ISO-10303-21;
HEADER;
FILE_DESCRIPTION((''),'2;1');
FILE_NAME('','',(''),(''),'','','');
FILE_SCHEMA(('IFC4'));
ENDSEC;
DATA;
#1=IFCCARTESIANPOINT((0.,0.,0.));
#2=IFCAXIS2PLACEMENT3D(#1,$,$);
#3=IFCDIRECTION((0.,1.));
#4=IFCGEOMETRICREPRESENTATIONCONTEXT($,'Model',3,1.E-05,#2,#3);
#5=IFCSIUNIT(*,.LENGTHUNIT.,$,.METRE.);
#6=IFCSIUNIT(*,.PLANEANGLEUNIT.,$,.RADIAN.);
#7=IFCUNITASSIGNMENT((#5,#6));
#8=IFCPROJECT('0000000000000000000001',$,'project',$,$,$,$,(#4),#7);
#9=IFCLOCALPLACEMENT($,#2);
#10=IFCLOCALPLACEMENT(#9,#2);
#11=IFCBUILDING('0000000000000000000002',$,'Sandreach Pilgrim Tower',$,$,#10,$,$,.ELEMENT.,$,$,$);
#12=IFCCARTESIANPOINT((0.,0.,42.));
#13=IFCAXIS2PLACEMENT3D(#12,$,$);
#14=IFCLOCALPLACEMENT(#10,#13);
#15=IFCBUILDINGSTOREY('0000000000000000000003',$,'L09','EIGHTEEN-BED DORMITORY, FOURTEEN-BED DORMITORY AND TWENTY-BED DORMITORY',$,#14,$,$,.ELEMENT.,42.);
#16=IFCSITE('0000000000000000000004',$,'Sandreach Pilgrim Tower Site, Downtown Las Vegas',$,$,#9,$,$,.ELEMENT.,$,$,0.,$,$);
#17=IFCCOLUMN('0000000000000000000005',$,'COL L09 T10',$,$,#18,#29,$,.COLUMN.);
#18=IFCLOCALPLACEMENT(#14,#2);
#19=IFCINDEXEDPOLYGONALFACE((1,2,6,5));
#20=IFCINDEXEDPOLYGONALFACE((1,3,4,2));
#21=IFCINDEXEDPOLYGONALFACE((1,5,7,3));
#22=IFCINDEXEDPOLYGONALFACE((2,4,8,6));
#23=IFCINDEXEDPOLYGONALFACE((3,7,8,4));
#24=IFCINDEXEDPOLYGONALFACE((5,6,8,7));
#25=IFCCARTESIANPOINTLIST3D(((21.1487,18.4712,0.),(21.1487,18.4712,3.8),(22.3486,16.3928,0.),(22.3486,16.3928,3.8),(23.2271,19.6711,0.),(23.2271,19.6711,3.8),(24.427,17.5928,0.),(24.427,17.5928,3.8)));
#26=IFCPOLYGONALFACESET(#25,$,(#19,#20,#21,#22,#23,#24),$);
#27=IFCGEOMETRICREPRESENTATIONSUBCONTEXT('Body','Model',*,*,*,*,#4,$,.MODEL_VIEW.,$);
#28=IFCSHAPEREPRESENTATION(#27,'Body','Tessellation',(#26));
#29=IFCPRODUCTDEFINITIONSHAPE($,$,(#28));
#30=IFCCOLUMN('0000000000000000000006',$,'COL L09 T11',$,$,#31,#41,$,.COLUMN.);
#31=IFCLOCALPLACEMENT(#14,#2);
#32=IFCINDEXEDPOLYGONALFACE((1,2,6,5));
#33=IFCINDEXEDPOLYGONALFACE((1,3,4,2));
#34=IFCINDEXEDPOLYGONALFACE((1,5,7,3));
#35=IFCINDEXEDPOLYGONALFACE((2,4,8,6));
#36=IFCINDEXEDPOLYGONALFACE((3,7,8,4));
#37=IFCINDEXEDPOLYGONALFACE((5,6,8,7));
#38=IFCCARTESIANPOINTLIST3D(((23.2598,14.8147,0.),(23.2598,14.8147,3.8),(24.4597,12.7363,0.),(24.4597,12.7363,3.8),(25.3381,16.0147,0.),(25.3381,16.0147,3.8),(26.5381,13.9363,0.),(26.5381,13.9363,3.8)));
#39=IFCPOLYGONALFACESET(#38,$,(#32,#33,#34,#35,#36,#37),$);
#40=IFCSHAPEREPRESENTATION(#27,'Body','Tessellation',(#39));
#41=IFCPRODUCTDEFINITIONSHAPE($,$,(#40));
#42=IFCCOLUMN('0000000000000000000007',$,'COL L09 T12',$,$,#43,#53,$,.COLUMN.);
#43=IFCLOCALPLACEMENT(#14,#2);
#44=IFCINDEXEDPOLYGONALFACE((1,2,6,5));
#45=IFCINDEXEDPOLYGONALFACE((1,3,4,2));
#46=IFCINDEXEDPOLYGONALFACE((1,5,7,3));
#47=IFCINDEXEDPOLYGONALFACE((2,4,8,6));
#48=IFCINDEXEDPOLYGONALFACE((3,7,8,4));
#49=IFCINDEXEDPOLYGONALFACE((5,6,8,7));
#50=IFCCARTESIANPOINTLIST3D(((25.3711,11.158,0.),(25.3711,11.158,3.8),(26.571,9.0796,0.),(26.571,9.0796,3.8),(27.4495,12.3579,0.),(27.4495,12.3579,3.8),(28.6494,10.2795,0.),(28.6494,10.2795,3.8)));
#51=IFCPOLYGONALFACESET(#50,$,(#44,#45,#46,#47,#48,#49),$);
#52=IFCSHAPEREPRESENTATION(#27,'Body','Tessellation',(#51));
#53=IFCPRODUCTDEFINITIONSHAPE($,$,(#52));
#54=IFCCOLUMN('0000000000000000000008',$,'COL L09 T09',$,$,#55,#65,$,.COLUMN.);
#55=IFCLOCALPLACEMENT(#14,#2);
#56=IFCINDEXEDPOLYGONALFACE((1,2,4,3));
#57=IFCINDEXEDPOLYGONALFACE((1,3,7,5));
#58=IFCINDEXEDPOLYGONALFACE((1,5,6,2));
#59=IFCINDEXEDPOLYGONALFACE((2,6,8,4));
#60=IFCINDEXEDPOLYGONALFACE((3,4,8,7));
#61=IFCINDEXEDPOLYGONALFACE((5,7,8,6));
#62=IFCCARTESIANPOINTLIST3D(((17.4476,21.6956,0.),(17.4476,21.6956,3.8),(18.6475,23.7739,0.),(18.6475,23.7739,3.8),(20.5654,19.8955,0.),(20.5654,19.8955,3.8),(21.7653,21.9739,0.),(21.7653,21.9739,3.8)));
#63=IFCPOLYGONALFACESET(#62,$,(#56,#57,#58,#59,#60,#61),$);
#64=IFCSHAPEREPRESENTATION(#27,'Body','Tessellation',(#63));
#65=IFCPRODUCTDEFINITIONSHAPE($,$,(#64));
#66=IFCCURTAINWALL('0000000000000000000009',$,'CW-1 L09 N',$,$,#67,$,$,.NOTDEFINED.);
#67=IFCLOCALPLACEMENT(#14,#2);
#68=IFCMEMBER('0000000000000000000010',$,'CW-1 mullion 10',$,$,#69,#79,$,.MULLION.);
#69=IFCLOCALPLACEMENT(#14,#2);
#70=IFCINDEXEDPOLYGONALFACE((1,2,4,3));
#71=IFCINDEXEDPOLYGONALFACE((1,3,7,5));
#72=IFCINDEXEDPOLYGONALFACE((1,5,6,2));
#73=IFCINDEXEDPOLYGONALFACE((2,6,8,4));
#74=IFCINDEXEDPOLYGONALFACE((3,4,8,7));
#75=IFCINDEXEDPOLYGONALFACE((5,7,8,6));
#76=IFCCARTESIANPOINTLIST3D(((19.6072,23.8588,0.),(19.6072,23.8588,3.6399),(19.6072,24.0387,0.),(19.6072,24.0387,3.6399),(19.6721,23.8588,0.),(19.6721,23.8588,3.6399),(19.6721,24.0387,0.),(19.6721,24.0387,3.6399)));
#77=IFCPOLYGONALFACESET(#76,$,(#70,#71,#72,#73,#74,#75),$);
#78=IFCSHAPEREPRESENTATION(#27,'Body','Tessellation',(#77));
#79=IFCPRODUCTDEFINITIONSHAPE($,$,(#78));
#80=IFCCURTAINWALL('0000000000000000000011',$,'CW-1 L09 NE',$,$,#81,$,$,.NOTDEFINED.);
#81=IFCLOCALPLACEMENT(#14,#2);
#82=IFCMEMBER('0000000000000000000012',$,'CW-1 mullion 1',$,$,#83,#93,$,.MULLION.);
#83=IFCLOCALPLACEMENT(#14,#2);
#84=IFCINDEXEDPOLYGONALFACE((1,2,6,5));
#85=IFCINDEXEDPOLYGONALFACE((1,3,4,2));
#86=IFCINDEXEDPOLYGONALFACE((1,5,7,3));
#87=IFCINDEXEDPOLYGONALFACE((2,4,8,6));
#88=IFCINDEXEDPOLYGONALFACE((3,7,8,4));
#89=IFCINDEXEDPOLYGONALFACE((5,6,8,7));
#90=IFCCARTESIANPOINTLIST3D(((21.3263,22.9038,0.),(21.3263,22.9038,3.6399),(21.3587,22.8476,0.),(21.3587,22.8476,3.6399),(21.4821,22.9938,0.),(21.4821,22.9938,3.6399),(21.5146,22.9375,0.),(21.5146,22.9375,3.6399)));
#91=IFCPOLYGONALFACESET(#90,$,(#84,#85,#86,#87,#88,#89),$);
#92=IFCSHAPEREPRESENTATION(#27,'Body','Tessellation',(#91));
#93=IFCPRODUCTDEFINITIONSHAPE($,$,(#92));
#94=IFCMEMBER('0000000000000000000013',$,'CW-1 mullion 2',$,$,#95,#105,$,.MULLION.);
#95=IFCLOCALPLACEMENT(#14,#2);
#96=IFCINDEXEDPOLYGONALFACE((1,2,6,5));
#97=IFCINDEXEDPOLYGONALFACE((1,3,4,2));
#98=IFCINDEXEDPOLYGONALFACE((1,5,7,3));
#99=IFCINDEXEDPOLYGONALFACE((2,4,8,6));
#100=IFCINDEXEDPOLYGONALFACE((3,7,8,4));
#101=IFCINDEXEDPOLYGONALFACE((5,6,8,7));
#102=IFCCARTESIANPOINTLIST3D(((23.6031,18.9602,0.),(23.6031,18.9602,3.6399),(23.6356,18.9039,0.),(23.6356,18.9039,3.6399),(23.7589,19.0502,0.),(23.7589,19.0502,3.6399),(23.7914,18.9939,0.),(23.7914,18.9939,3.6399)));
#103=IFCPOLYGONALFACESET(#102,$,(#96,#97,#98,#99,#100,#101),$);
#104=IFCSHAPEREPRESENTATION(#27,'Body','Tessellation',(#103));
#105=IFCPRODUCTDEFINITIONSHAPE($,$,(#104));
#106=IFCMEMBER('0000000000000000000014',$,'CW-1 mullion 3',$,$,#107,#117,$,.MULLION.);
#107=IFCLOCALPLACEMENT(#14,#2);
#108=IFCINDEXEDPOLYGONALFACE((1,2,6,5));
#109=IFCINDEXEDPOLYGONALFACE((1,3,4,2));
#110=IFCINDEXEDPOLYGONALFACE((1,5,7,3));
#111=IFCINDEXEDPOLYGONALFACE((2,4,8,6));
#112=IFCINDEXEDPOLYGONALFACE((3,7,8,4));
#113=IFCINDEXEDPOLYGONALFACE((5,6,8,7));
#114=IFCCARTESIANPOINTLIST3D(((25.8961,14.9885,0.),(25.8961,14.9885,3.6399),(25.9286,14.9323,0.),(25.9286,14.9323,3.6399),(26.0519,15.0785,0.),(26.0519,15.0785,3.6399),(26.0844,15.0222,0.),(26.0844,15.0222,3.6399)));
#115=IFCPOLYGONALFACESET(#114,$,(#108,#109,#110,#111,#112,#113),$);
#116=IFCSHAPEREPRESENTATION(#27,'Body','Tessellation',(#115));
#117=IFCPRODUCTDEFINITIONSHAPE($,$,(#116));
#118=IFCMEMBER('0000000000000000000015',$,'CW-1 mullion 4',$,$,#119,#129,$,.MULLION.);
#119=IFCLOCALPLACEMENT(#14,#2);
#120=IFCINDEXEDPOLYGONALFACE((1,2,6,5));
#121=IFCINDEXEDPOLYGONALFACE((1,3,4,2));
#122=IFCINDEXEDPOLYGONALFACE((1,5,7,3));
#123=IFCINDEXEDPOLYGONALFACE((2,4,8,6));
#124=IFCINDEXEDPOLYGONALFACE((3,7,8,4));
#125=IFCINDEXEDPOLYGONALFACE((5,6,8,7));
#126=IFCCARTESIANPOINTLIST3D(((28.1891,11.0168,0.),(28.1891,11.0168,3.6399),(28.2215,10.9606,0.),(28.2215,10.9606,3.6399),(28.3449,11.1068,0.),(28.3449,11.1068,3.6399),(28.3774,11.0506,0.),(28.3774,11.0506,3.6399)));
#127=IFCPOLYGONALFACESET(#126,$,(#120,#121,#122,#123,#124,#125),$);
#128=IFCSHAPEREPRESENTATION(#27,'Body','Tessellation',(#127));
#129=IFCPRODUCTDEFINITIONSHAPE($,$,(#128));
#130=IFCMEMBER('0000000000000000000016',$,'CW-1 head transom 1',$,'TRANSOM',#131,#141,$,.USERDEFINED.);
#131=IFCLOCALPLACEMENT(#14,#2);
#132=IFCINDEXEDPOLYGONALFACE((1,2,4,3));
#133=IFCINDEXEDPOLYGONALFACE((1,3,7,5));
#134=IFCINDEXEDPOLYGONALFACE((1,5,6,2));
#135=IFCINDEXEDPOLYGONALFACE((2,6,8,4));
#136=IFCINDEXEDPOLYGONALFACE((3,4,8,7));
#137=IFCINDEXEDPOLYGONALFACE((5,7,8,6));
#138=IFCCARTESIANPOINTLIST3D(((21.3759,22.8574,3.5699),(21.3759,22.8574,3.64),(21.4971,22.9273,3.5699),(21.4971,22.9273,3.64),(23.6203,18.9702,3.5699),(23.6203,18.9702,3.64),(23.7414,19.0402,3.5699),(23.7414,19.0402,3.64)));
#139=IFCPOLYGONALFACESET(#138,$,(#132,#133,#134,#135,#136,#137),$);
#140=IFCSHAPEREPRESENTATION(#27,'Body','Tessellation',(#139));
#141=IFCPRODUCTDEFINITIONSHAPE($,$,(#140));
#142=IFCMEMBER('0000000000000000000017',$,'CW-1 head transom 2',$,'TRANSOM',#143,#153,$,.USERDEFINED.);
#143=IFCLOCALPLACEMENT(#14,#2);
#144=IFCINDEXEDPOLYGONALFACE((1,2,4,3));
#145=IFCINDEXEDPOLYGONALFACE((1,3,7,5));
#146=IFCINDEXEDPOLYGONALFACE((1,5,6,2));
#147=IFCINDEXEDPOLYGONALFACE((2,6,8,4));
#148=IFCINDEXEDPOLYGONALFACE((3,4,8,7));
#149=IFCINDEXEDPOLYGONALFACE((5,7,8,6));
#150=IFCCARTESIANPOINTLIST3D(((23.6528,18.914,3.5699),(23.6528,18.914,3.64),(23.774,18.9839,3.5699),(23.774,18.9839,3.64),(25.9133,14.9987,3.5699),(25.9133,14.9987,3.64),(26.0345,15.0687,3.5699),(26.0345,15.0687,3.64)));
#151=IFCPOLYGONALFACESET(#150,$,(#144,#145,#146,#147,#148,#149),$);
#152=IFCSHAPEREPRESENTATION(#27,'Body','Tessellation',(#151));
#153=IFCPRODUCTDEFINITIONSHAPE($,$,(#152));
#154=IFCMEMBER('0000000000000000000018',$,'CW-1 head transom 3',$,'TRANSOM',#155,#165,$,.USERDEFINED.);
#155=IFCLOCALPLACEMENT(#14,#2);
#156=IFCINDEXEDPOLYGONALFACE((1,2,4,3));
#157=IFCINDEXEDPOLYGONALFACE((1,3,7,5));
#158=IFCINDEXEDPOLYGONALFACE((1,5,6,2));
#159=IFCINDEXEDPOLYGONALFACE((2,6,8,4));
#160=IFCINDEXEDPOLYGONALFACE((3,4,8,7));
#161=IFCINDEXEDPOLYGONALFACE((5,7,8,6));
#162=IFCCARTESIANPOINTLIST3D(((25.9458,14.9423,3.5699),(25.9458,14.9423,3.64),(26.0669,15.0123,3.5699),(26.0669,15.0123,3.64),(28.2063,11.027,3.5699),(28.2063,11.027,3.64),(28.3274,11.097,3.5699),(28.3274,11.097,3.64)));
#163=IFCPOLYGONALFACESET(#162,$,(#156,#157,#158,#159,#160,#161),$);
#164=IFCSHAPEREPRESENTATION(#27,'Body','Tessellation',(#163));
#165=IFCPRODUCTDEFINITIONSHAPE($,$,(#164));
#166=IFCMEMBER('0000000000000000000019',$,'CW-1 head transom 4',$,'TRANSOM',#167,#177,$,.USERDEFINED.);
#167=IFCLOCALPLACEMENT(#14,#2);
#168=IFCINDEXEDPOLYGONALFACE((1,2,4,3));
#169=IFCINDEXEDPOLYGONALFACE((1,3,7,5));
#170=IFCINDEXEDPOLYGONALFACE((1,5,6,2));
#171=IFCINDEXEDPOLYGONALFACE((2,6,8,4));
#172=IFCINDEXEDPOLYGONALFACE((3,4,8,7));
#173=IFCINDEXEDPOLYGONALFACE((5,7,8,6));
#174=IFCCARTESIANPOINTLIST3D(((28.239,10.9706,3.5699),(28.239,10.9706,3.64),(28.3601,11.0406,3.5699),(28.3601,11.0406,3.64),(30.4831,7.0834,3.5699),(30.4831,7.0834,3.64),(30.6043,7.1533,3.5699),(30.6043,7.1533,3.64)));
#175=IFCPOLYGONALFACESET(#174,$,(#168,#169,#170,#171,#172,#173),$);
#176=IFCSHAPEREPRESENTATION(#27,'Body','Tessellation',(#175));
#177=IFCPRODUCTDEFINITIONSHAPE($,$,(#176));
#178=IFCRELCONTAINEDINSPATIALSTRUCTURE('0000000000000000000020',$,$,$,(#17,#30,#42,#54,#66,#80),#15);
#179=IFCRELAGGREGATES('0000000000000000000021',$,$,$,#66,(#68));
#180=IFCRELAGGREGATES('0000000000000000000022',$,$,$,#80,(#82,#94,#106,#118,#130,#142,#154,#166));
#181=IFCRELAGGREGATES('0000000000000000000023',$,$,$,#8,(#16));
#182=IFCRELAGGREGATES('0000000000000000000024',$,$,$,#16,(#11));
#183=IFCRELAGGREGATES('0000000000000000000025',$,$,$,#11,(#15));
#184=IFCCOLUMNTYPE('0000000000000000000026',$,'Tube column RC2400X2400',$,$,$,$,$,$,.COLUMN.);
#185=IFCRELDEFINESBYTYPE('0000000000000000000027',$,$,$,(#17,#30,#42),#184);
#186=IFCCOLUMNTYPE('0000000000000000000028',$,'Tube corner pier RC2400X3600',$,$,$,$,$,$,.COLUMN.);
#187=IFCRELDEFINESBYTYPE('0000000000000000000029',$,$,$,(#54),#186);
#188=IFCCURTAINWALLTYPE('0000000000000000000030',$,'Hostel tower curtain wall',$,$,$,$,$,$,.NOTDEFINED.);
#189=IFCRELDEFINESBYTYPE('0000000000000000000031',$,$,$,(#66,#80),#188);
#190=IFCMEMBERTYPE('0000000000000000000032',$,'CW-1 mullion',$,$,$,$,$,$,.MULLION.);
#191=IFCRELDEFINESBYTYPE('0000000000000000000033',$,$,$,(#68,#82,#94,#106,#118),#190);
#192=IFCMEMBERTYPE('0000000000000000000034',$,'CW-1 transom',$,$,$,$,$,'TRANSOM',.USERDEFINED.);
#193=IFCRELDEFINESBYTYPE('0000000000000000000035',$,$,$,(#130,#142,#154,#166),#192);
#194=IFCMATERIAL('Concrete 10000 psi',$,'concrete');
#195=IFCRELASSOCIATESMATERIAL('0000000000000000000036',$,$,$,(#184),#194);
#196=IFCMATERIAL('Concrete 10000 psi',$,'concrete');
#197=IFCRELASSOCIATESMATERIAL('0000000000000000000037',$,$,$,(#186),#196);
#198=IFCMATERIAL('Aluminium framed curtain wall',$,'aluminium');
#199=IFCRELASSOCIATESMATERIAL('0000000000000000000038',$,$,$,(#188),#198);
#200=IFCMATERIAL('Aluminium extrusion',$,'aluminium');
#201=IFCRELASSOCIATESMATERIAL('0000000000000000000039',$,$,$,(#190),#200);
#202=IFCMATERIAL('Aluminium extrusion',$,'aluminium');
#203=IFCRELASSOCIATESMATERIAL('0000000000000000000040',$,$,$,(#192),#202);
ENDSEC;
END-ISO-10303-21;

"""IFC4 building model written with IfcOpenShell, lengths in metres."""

from ifc_helpers import new_model, si_unit, direction, frame, origin, origin_2d, place, context, subcontext, project, spatial, rectangle, extrude, material, material_profile, profile_set, type_object, element, aggregate, save


model = new_model("IFC4")

# Units and contexts
model_context = context("Model", 3, precision=1e-05, world=origin(), true_north=direction((0.0, 1.0)))
body_context = subcontext(model_context, "Body", "Model", "MODEL_VIEW")
ifc_project = project(units=[si_unit("LENGTHUNIT", "METRE"), si_unit("PLANEANGLEUNIT", "RADIAN")], contexts=[model_context])

# Site, building, storey
site_placement = place(None, origin())
site = spatial("IfcSite", under=ifc_project, at=site_placement, Name="Sandreach Pilgrim Tower Site, Downtown Las Vegas", CompositionType="ELEMENT", RefElevation=0.0)
building_placement = place(site_placement, origin())
building = spatial("IfcBuilding", under=site, at=building_placement, Name="Sandreach Pilgrim Tower", CompositionType="ELEMENT")
storey_placement = place(building_placement, frame((0.0, 0.0, 42.0)))
storey = spatial("IfcBuildingStorey", under=building, at=storey_placement, Name="L09", Description="EIGHTEEN-BED DORMITORY, FOURTEEN-BED DORMITORY AND TWENTY-BED DORMITORY", CompositionType="ELEMENT", Elevation=42.0)

# Columns
ifc_material_1 = material(Name="Concrete 10000 psi", Category="concrete")
ifc_material_profile_1 = material_profile(ifc_material_1, rectangle(XDim=2.3999, YDim=2.3999, at=origin_2d()), Name="RC2400X2400")
ifc_profile_set_1 = profile_set([ifc_material_profile_1], Name="Concrete 10000 psi")
column_type_1 = type_object("IfcColumnType", Name="Tube column RC2400X2400", PredefinedType="COLUMN", material=ifc_profile_set_1)
for number, where, z_axis, x_axis, name in (
    (1, (22.7878, 18.032, 0.0), (0.0, 0.0, 1.0), (0.866025, 0.5, 0.0), "COL L09 T10"),
    (2, (24.8989, 14.3755, 0.0), (0.0, 0.0, 1.0), (0.866025, 0.5, 0.0), "COL L09 T11"),
    (3, (27.0103, 10.7188, 0.0), (0.0, 0.0, 1.0), (0.866025, 0.5, 0.0), "COL L09 T12"),
):
    element("IfcColumn", number, at=place(storey_placement, frame(where, z_axis=z_axis, x_axis=x_axis)), inside=storey, type_object=column_type_1, Name=name, PredefinedType="COLUMN", context=body_context, shape_type="SweptSolid", body=[
        extrude(rectangle(XDim=2.3999, YDim=2.3999, at=origin_2d()), origin(), (0.0, 0.0, 1.0), 3.8),
    ])
ifc_material_2 = material(Name="Concrete 10000 psi", Category="concrete")
ifc_material_profile_2 = material_profile(ifc_material_2, rectangle(XDim=2.3999, YDim=3.6001, at=origin_2d()), Name="RC2400X3600")
ifc_profile_set_2 = profile_set([ifc_material_profile_2], Name="Concrete 10000 psi")
column_type_2 = type_object("IfcColumnType", Name="Tube corner pier RC2400X3600", PredefinedType="COLUMN", material=ifc_profile_set_2)
column_placement = place(storey_placement, frame((19.6064, 21.8347, 0.0), z_axis=(0.0, 0.0, 1.0), x_axis=(0.5, 0.866025, 0.0)))
element("IfcColumn", 4, at=column_placement, inside=storey, type_object=column_type_2, Name="COL L09 T09", PredefinedType="COLUMN", context=body_context, shape_type="SweptSolid", body=[
    extrude(rectangle(XDim=2.3999, YDim=3.6001, at=origin_2d()), origin(), (0.0, 0.0, 1.0), 3.8),
])

# Curtain wall, member
ifc_material_3 = material(Name="Aluminium framed curtain wall", Category="aluminium")
curtain_wall_type = type_object("IfcCurtainWallType", Name="Hostel tower curtain wall", PredefinedType="NOTDEFINED", material=ifc_material_3)
curtain_wall_1_placement = place(storey_placement, origin())
curtain_wall_1 = element("IfcCurtainWall", 5, at=curtain_wall_1_placement, inside=storey, type_object=curtain_wall_type, Name="CW-1 L09 N", PredefinedType="NOTDEFINED")
ifc_material_4 = material(Name="Aluminium extrusion", Category="aluminium")
ifc_material_profile_3 = material_profile(ifc_material_4, rectangle(XDim=0.0649, YDim=0.1799, at=origin_2d()), Name="CW-1M 65X180")
ifc_profile_set_3 = profile_set([ifc_material_profile_3], Name="Aluminium extrusion")
member_type_1 = type_object("IfcMemberType", Name="CW-1 mullion", PredefinedType="MULLION", material=ifc_profile_set_3)
member_1_placement = place(storey_placement, frame((19.6396, 23.9487, 0.0), z_axis=(0.0, 0.0, 1.0), x_axis=(1.0, 0.0, 0.0)))
member_1 = element("IfcMember", 6, at=member_1_placement, type_object=member_type_1, Name="CW-1 mullion 10", PredefinedType="MULLION", context=body_context, shape_type="SweptSolid", body=[
    extrude(rectangle(XDim=0.0649, YDim=0.1799, at=origin_2d()), origin(), (0.0, 0.0, 1.0), 3.6399),
])

# Curtain wall, members
curtain_wall_2_placement = place(storey_placement, origin())
curtain_wall_2 = element("IfcCurtainWall", 7, at=curtain_wall_2_placement, inside=storey, type_object=curtain_wall_type, Name="CW-1 L09 NE", PredefinedType="NOTDEFINED")
member_2_placement = place(storey_placement, frame((21.4204, 22.9207, 0.0), z_axis=(0.0, 0.0, 1.0), x_axis=(0.5, -0.866025, 0.0)))
member_2 = element("IfcMember", 8, at=member_2_placement, type_object=member_type_1, Name="CW-1 mullion 1", PredefinedType="MULLION", context=body_context, shape_type="SweptSolid", body=[
    extrude(rectangle(XDim=0.0649, YDim=0.1799, at=origin_2d()), origin(), (0.0, 0.0, 1.0), 3.6399),
])
member_3_placement = place(storey_placement, frame((23.6973, 18.9771, 0.0), z_axis=(0.0, 0.0, 1.0), x_axis=(0.5, -0.866025, 0.0)))
member_3 = element("IfcMember", 9, at=member_3_placement, type_object=member_type_1, Name="CW-1 mullion 2", PredefinedType="MULLION", context=body_context, shape_type="SweptSolid", body=[
    extrude(rectangle(XDim=0.0649, YDim=0.1799, at=origin_2d()), origin(), (0.0, 0.0, 1.0), 3.6399),
])
member_4_placement = place(storey_placement, frame((25.9902, 15.0054, 0.0), z_axis=(0.0, 0.0, 1.0), x_axis=(0.5, -0.866025, 0.0)))
member_4 = element("IfcMember", 10, at=member_4_placement, type_object=member_type_1, Name="CW-1 mullion 3", PredefinedType="MULLION", context=body_context, shape_type="SweptSolid", body=[
    extrude(rectangle(XDim=0.0649, YDim=0.1799, at=origin_2d()), origin(), (0.0, 0.0, 1.0), 3.6399),
])
member_5_placement = place(storey_placement, frame((28.2832, 11.0337, 0.0), z_axis=(0.0, 0.0, 1.0), x_axis=(0.5, -0.866025, 0.0)))
member_5 = element("IfcMember", 11, at=member_5_placement, type_object=member_type_1, Name="CW-1 mullion 4", PredefinedType="MULLION", context=body_context, shape_type="SweptSolid", body=[
    extrude(rectangle(XDim=0.0649, YDim=0.1799, at=origin_2d()), origin(), (0.0, 0.0, 1.0), 3.6399),
])
ifc_material_5 = material(Name="Aluminium extrusion", Category="aluminium")
ifc_material_profile_4 = material_profile(ifc_material_5, rectangle(XDim=0.1399, YDim=0.0701, at=origin_2d()), Name="CW-1T 140X70")
ifc_profile_set_4 = profile_set([ifc_material_profile_4], Name="Aluminium extrusion")
member_type_2 = type_object("IfcMemberType", Name="CW-1 transom", ElementType="TRANSOM", PredefinedType="USERDEFINED", material=ifc_profile_set_4)
member_6_placement = place(storey_placement, frame((21.4365, 22.8923, 3.605), z_axis=(0.500018, -0.866015, 0.0), x_axis=(0.866015, 0.500018, 0.0)))
member_6 = element("IfcMember", 12, at=member_6_placement, type_object=member_type_2, Name="CW-1 head transom 1", ObjectType="TRANSOM", PredefinedType="USERDEFINED", context=body_context, shape_type="SweptSolid", body=[
    extrude(rectangle(XDim=0.1399, YDim=0.0701, at=origin_2d()), origin(), (0.0, 0.0, 1.0), 4.4885),
])
member_7_placement = place(storey_placement, frame((23.7134, 18.949, 3.605), z_axis=(0.500001, -0.866025, 0.0), x_axis=(0.866025, 0.500001, 0.0)))
member_7 = element("IfcMember", 13, at=member_7_placement, type_object=member_type_2, Name="CW-1 head transom 2", ObjectType="TRANSOM", PredefinedType="USERDEFINED", context=body_context, shape_type="SweptSolid", body=[
    extrude(rectangle(XDim=0.1399, YDim=0.0701, at=origin_2d()), origin(), (0.0, 0.0, 1.0), 4.521),
])
member_8_placement = place(storey_placement, frame((26.0063, 14.9773, 3.605), z_axis=(0.500001, -0.866025, 0.0), x_axis=(0.866025, 0.500001, 0.0)))
member_8 = element("IfcMember", 14, at=member_8_placement, type_object=member_type_2, Name="CW-1 head transom 3", ObjectType="TRANSOM", PredefinedType="USERDEFINED", context=body_context, shape_type="SweptSolid", body=[
    extrude(rectangle(XDim=0.1399, YDim=0.0701, at=origin_2d()), origin(), (0.0, 0.0, 1.0), 4.521),
])
member_9_placement = place(storey_placement, frame((28.2996, 11.0056, 3.605), z_axis=(0.499977, -0.866039, 0.0), x_axis=(0.866039, 0.499977, 0.0)))
member_9 = element("IfcMember", 15, at=member_9_placement, type_object=member_type_2, Name="CW-1 head transom 4", ObjectType="TRANSOM", PredefinedType="USERDEFINED", context=body_context, shape_type="SweptSolid", body=[
    extrude(rectangle(XDim=0.1399, YDim=0.0701, at=origin_2d()), origin(), (0.0, 0.0, 1.0), 4.4885),
])

aggregate(curtain_wall_1, [member_1])
aggregate(curtain_wall_2, [member_2, member_3, member_4, member_5, member_6, member_7, member_8, member_9])

save(model, "model.ifc")
